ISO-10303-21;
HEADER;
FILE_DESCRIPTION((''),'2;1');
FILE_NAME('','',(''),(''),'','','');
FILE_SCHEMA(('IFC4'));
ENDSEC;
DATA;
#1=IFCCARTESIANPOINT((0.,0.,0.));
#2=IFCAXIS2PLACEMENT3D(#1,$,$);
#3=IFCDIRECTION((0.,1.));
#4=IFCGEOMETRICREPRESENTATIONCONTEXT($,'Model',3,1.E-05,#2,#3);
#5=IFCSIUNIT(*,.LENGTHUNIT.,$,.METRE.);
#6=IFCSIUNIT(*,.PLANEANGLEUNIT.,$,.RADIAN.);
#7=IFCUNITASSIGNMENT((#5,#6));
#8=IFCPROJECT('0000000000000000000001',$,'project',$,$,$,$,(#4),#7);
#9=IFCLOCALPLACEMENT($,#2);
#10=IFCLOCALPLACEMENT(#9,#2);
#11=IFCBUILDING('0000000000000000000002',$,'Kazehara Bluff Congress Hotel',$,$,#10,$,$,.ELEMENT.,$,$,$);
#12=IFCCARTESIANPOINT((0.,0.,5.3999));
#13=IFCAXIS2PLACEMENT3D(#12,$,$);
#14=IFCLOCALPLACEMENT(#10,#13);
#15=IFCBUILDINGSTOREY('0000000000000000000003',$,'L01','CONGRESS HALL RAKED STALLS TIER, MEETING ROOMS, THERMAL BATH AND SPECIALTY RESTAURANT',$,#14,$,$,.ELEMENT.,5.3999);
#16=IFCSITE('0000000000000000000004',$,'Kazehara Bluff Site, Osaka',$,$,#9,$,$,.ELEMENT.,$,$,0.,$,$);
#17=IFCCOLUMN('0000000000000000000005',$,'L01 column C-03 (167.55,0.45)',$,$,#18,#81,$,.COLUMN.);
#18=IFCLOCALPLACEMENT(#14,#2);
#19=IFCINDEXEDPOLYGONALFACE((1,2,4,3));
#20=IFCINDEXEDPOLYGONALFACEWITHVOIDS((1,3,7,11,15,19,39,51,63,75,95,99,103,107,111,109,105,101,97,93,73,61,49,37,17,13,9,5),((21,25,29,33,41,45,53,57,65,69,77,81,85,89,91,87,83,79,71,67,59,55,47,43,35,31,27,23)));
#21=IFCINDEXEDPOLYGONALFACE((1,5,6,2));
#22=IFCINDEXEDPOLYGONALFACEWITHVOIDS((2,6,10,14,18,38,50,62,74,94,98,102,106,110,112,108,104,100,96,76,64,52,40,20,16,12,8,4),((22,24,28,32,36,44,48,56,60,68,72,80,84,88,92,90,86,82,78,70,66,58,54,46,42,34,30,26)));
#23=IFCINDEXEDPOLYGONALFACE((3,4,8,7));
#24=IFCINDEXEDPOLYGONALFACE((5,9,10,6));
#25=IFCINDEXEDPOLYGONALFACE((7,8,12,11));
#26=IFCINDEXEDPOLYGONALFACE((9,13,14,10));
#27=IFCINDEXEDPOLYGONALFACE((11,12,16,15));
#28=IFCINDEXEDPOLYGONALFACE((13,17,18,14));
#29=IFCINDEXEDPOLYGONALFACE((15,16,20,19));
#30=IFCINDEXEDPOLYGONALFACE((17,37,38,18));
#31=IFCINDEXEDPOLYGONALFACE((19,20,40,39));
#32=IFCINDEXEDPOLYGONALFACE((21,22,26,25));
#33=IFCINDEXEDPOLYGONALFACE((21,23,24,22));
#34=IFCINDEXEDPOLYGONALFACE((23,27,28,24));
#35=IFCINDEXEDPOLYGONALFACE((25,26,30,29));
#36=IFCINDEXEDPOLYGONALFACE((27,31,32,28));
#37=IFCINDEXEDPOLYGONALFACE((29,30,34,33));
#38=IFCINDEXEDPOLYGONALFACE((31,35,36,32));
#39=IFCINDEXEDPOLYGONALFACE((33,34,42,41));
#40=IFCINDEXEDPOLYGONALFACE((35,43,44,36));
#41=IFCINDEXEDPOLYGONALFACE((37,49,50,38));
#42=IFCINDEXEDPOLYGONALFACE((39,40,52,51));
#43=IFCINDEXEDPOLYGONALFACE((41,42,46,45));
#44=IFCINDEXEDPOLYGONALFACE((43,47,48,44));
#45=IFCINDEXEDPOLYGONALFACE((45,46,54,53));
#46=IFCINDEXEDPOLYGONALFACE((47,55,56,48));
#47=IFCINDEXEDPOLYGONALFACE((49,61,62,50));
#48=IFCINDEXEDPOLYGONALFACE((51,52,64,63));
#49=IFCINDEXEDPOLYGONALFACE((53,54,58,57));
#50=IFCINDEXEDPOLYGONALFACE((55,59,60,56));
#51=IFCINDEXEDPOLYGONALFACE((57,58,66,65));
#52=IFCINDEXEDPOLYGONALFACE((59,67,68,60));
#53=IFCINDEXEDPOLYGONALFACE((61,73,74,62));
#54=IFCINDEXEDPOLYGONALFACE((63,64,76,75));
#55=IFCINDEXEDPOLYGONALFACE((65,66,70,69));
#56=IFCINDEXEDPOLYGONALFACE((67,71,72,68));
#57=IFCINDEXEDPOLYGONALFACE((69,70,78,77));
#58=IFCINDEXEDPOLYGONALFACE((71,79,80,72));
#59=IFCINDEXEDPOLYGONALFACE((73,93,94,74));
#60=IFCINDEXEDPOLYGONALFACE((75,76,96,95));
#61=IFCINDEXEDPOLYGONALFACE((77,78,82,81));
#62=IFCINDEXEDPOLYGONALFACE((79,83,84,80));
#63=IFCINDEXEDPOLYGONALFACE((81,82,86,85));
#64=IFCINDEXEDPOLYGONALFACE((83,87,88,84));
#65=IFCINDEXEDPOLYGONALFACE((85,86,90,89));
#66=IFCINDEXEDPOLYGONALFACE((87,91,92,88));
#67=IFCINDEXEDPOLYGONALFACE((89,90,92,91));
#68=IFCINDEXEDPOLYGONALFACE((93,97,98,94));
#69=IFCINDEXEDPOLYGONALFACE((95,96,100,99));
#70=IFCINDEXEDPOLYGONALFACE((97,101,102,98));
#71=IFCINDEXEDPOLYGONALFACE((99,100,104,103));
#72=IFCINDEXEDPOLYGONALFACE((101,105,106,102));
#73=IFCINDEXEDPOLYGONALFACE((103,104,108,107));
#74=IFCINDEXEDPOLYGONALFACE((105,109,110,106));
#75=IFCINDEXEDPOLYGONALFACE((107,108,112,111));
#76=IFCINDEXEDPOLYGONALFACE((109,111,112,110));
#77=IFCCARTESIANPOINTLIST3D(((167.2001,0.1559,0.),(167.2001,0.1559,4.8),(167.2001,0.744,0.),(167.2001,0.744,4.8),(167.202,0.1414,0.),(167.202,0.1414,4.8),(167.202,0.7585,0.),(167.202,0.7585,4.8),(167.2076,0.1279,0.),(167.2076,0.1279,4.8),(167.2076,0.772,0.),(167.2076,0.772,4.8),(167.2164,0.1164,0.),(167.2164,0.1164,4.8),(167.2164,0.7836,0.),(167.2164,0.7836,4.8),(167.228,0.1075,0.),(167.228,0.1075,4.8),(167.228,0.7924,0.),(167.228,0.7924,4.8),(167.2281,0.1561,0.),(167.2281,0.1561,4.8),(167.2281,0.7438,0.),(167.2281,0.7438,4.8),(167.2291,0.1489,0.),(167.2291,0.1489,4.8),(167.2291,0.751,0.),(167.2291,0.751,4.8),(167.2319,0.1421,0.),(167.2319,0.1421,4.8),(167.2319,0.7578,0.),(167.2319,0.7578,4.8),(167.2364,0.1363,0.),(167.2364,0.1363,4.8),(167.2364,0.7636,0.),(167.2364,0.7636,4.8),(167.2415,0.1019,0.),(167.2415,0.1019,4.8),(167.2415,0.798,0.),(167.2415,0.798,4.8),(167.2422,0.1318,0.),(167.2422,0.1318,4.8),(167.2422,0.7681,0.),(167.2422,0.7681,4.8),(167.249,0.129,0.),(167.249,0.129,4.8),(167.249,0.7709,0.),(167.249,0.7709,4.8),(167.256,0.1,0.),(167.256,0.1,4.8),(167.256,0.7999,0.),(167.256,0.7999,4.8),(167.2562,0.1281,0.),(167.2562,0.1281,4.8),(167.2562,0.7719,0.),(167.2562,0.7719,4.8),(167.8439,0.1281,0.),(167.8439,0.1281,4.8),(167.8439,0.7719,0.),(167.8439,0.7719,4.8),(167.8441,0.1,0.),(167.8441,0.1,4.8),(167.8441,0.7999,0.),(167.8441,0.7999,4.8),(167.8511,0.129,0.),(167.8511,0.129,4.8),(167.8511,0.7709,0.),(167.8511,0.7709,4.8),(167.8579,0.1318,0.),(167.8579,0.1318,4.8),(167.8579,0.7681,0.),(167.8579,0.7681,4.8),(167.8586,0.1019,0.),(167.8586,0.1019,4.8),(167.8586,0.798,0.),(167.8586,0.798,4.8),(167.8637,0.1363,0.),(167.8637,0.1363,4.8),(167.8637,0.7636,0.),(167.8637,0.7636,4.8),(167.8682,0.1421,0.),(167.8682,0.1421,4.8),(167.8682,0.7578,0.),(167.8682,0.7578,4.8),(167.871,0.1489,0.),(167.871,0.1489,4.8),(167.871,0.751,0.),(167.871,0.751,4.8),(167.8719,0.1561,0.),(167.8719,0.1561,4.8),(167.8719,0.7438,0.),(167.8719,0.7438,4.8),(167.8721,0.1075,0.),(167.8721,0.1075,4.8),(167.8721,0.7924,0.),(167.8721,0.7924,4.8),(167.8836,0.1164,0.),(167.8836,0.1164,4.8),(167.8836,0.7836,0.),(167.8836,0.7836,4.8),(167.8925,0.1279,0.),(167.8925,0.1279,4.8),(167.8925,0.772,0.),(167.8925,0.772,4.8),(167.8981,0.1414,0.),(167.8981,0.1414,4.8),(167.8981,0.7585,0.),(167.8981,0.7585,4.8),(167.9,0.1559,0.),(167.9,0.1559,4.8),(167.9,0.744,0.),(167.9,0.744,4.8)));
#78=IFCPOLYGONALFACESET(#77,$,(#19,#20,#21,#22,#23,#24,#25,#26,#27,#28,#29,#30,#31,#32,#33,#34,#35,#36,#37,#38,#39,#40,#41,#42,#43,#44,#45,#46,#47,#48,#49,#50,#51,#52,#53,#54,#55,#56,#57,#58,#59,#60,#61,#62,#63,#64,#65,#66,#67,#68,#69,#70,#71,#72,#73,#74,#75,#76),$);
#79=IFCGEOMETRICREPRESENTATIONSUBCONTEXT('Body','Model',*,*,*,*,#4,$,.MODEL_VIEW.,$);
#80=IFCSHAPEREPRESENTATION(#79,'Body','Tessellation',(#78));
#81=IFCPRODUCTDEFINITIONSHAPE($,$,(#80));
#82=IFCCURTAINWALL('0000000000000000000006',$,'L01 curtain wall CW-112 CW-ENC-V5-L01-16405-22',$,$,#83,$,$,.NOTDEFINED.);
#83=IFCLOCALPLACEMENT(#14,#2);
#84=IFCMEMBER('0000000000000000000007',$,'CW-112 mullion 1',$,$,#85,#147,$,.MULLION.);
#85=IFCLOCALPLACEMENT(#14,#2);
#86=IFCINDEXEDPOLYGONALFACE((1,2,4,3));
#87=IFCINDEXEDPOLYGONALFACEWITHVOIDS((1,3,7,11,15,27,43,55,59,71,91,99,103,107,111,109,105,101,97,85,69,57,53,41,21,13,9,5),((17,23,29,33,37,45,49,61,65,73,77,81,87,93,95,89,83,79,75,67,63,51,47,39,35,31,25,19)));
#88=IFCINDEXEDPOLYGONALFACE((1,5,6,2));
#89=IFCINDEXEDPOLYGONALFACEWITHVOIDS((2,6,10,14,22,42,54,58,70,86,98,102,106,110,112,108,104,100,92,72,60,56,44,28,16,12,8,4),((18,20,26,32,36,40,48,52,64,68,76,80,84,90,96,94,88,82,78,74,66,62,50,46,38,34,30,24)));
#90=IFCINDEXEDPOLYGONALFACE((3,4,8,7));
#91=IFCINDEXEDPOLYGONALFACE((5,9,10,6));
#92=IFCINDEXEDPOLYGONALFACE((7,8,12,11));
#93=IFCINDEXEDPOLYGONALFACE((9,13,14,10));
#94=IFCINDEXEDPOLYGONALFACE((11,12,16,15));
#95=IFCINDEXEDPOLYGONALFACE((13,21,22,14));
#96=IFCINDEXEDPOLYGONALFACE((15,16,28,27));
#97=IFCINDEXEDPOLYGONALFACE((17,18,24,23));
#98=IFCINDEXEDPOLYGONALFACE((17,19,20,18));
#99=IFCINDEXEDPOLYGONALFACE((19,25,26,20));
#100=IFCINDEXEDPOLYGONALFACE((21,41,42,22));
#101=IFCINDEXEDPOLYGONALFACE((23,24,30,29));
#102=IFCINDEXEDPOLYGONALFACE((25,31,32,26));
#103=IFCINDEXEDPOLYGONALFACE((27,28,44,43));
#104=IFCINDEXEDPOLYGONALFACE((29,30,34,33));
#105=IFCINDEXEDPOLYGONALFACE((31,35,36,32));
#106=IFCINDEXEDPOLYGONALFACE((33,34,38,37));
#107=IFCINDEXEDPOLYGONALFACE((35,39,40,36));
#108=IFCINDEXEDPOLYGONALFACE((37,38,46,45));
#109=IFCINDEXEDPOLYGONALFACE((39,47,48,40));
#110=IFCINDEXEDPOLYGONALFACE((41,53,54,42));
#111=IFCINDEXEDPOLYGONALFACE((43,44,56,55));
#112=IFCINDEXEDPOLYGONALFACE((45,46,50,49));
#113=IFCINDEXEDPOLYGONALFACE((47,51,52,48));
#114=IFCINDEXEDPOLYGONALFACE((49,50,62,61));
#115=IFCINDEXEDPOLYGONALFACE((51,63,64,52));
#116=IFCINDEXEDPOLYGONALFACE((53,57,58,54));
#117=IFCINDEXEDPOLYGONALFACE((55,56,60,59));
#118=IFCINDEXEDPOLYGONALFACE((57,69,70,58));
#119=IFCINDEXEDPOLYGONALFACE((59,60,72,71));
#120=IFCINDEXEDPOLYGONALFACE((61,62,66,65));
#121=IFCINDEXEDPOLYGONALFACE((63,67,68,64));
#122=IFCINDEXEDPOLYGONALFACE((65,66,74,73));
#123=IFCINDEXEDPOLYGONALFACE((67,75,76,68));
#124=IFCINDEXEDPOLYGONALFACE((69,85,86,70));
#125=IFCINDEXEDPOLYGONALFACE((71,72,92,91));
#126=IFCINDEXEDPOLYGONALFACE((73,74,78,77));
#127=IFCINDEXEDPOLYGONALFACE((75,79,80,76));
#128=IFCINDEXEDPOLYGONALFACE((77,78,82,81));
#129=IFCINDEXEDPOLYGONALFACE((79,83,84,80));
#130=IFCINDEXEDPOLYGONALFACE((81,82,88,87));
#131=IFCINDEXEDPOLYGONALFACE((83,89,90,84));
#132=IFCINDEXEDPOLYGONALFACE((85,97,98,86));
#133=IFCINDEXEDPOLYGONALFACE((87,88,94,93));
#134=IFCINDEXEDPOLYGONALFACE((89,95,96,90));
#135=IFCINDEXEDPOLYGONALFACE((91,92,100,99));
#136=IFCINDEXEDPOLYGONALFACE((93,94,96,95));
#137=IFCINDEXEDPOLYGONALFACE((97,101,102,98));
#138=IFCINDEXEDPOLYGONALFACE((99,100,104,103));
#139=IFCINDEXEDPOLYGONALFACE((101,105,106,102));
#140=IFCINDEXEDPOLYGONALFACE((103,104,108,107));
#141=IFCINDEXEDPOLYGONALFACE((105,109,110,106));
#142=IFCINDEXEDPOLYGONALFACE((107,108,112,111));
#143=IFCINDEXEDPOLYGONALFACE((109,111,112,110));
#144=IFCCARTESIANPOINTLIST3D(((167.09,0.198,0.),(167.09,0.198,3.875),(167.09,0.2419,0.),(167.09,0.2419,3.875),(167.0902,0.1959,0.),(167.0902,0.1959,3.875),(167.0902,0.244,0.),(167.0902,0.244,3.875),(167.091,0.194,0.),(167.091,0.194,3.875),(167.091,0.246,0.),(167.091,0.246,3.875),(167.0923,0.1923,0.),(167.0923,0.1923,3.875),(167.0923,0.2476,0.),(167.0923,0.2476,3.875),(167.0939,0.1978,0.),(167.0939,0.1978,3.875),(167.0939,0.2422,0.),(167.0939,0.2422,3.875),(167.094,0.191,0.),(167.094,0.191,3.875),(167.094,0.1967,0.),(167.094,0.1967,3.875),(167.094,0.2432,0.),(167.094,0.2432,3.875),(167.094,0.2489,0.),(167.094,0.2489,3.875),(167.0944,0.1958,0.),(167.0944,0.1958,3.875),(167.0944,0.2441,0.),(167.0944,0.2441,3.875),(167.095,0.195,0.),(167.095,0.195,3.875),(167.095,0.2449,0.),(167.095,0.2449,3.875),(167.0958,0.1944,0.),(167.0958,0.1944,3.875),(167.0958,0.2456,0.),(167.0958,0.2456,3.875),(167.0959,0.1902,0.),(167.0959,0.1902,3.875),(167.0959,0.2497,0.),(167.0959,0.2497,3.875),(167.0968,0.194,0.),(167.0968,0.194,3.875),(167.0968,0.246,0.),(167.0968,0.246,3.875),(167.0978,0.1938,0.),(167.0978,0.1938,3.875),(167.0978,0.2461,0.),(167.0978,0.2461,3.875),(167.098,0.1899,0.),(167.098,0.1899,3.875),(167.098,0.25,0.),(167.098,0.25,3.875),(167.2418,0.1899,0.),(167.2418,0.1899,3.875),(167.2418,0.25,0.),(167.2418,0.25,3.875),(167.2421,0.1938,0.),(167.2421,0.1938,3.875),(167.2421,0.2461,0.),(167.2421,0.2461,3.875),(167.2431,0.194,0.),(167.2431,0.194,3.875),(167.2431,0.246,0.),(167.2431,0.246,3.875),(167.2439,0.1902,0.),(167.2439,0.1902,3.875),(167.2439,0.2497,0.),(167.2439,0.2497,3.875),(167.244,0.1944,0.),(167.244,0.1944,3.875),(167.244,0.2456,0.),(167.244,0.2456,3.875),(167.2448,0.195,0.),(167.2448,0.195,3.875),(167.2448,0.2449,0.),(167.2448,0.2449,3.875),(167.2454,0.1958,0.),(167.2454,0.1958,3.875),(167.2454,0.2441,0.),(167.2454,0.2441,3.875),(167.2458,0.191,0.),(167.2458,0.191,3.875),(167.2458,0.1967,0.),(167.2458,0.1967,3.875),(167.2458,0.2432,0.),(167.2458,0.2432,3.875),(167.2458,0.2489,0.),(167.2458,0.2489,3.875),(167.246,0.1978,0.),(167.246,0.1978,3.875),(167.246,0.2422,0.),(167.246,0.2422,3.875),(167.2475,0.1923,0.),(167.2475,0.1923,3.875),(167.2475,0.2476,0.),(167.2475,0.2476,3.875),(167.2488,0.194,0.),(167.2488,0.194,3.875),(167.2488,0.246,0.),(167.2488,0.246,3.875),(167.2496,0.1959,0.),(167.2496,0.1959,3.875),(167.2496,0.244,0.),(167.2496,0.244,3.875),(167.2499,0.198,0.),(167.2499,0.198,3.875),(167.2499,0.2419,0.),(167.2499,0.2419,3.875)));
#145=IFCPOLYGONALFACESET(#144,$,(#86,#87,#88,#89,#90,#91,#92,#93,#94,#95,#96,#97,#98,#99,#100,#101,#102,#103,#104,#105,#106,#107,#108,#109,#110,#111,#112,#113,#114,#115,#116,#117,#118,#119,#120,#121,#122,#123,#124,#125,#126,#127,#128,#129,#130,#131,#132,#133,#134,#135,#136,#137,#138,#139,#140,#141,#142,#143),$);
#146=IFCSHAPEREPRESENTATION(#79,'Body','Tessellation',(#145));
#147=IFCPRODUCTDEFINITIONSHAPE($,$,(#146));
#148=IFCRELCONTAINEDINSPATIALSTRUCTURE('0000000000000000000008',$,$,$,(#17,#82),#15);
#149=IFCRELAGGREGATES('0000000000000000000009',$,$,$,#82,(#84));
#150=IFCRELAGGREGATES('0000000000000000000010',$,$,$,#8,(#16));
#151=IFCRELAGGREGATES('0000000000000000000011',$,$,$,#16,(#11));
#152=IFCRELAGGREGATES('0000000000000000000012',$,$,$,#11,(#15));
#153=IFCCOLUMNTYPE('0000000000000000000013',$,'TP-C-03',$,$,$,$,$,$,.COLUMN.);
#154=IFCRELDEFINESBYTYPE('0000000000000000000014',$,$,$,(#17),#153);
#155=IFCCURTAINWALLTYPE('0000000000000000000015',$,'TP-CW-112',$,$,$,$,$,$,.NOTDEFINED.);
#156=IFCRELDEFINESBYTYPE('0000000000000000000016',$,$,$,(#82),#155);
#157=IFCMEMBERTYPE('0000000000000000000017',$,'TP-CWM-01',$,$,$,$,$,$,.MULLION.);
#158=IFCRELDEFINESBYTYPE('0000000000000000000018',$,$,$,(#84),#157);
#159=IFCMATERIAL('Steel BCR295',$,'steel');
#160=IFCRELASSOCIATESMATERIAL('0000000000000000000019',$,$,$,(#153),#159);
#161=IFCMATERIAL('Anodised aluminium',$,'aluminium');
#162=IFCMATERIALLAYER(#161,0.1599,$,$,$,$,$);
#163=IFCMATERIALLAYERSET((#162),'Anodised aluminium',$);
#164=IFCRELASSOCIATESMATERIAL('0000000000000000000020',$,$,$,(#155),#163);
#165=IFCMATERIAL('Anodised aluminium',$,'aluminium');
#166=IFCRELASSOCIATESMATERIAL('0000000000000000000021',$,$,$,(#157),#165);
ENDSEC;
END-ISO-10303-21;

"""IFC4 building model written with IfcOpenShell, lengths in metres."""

from ifc_helpers import new_model, si_unit, direction, frame, origin, origin_2d, place, context, subcontext, project, spatial, hollow_rectangle, extrude, material, layer, layer_set, material_profile, profile_set, type_object, element, aggregate, save


model = new_model("IFC4")

# Units and contexts
model_context = context("Model", 3, precision=1e-05, world=origin(), true_north=direction((0.0, 1.0)))
body_context = subcontext(model_context, "Body", "Model", "MODEL_VIEW")
ifc_project = project(units=[si_unit("LENGTHUNIT", "METRE"), si_unit("PLANEANGLEUNIT", "RADIAN")], contexts=[model_context])

# Site, building, storey
site_placement = place(None, origin())
site = spatial("IfcSite", under=ifc_project, at=site_placement, Name="Kazehara Bluff Site, Osaka", CompositionType="ELEMENT", RefElevation=0.0)
building_placement = place(site_placement, origin())
building = spatial("IfcBuilding", under=site, at=building_placement, Name="Kazehara Bluff Congress Hotel", CompositionType="ELEMENT")
storey_placement = place(building_placement, frame((0.0, 0.0, 5.3999)))
storey = spatial("IfcBuildingStorey", under=building, at=storey_placement, Name="L01", Description="CONGRESS HALL RAKED STALLS TIER, MEETING ROOMS, THERMAL BATH AND SPECIALTY RESTAURANT", CompositionType="ELEMENT", Elevation=5.3999)

# Column
ifc_material_1 = material(Name="Steel BCR295", Category="steel")
ifc_material_profile_1 = material_profile(ifc_material_1, hollow_rectangle(XDim=0.7, YDim=0.7, WallThickness=0.0281, InnerFilletRadius=0.0281, OuterFilletRadius=0.0559, at=origin_2d()))
ifc_profile_set_1 = profile_set([ifc_material_profile_1], Name="Steel BCR295")
column_type = type_object("IfcColumnType", Name="TP-C-03", PredefinedType="COLUMN", material=ifc_profile_set_1)
column_placement = place(storey_placement, frame((167.55, 0.45, 0.0), z_axis=(0.0, 0.0, 1.0), x_axis=(1.0, 0.0, 0.0)))
element("IfcColumn", 1, at=column_placement, inside=storey, type_object=column_type, Name="L01 column C-03 (167.55,0.45)", PredefinedType="COLUMN", context=body_context, shape_type="SweptSolid", body=[
    extrude(hollow_rectangle(XDim=0.7, YDim=0.7, WallThickness=0.0281, InnerFilletRadius=0.0281, OuterFilletRadius=0.0559, at=origin_2d()), origin(), (0.0, 0.0, 1.0), 4.8),
])

# Curtain wall, member
ifc_material_2 = material(Name="Anodised aluminium", Category="aluminium")
ifc_layer_1 = layer(ifc_material_2, 0.1599)
ifc_layer_set_1 = layer_set([ifc_layer_1], Name="Anodised aluminium")
curtain_wall_type_1 = type_object("IfcCurtainWallType", Name="TP-CW-112", PredefinedType="NOTDEFINED", material=ifc_layer_set_1)
curtain_wall_1_placement = place(storey_placement, origin())
curtain_wall_1 = element("IfcCurtainWall", 2, at=curtain_wall_1_placement, inside=storey, type_object=curtain_wall_type_1, Name="L01 curtain wall CW-112 CW-ENC-V5-L01-16405-22", PredefinedType="NOTDEFINED")
ifc_material_3 = material(Name="Anodised aluminium", Category="aluminium")
ifc_material_profile_2 = material_profile(ifc_material_3, hollow_rectangle(XDim=0.0601, YDim=0.1599, WallThickness=0.0039, InnerFilletRadius=0.0039, OuterFilletRadius=0.0081, at=origin_2d()))
ifc_profile_set_2 = profile_set([ifc_material_profile_2], Name="Anodised aluminium")
member_type_1 = type_object("IfcMemberType", Name="TP-CWM-01", PredefinedType="MULLION", material=ifc_profile_set_2)
member_1_placement = place(storey_placement, frame((167.1699, 0.22, 0.0), z_axis=(0.0, 0.0, 1.0), x_axis=(0.0, -1.0, 0.0)))
member_1 = element("IfcMember", 3, at=member_1_placement, type_object=member_type_1, Name="CW-112 mullion 1", PredefinedType="MULLION", context=body_context, shape_type="SweptSolid", body=[
    extrude(hollow_rectangle(XDim=0.0601, YDim=0.1599, WallThickness=0.0039, InnerFilletRadius=0.0039, OuterFilletRadius=0.0081, at=origin_2d()), origin(), (0.0, 0.0, 1.0), 3.875),
])

aggregate(curtain_wall_1, [member_1])

save(model, "model.ifc")
